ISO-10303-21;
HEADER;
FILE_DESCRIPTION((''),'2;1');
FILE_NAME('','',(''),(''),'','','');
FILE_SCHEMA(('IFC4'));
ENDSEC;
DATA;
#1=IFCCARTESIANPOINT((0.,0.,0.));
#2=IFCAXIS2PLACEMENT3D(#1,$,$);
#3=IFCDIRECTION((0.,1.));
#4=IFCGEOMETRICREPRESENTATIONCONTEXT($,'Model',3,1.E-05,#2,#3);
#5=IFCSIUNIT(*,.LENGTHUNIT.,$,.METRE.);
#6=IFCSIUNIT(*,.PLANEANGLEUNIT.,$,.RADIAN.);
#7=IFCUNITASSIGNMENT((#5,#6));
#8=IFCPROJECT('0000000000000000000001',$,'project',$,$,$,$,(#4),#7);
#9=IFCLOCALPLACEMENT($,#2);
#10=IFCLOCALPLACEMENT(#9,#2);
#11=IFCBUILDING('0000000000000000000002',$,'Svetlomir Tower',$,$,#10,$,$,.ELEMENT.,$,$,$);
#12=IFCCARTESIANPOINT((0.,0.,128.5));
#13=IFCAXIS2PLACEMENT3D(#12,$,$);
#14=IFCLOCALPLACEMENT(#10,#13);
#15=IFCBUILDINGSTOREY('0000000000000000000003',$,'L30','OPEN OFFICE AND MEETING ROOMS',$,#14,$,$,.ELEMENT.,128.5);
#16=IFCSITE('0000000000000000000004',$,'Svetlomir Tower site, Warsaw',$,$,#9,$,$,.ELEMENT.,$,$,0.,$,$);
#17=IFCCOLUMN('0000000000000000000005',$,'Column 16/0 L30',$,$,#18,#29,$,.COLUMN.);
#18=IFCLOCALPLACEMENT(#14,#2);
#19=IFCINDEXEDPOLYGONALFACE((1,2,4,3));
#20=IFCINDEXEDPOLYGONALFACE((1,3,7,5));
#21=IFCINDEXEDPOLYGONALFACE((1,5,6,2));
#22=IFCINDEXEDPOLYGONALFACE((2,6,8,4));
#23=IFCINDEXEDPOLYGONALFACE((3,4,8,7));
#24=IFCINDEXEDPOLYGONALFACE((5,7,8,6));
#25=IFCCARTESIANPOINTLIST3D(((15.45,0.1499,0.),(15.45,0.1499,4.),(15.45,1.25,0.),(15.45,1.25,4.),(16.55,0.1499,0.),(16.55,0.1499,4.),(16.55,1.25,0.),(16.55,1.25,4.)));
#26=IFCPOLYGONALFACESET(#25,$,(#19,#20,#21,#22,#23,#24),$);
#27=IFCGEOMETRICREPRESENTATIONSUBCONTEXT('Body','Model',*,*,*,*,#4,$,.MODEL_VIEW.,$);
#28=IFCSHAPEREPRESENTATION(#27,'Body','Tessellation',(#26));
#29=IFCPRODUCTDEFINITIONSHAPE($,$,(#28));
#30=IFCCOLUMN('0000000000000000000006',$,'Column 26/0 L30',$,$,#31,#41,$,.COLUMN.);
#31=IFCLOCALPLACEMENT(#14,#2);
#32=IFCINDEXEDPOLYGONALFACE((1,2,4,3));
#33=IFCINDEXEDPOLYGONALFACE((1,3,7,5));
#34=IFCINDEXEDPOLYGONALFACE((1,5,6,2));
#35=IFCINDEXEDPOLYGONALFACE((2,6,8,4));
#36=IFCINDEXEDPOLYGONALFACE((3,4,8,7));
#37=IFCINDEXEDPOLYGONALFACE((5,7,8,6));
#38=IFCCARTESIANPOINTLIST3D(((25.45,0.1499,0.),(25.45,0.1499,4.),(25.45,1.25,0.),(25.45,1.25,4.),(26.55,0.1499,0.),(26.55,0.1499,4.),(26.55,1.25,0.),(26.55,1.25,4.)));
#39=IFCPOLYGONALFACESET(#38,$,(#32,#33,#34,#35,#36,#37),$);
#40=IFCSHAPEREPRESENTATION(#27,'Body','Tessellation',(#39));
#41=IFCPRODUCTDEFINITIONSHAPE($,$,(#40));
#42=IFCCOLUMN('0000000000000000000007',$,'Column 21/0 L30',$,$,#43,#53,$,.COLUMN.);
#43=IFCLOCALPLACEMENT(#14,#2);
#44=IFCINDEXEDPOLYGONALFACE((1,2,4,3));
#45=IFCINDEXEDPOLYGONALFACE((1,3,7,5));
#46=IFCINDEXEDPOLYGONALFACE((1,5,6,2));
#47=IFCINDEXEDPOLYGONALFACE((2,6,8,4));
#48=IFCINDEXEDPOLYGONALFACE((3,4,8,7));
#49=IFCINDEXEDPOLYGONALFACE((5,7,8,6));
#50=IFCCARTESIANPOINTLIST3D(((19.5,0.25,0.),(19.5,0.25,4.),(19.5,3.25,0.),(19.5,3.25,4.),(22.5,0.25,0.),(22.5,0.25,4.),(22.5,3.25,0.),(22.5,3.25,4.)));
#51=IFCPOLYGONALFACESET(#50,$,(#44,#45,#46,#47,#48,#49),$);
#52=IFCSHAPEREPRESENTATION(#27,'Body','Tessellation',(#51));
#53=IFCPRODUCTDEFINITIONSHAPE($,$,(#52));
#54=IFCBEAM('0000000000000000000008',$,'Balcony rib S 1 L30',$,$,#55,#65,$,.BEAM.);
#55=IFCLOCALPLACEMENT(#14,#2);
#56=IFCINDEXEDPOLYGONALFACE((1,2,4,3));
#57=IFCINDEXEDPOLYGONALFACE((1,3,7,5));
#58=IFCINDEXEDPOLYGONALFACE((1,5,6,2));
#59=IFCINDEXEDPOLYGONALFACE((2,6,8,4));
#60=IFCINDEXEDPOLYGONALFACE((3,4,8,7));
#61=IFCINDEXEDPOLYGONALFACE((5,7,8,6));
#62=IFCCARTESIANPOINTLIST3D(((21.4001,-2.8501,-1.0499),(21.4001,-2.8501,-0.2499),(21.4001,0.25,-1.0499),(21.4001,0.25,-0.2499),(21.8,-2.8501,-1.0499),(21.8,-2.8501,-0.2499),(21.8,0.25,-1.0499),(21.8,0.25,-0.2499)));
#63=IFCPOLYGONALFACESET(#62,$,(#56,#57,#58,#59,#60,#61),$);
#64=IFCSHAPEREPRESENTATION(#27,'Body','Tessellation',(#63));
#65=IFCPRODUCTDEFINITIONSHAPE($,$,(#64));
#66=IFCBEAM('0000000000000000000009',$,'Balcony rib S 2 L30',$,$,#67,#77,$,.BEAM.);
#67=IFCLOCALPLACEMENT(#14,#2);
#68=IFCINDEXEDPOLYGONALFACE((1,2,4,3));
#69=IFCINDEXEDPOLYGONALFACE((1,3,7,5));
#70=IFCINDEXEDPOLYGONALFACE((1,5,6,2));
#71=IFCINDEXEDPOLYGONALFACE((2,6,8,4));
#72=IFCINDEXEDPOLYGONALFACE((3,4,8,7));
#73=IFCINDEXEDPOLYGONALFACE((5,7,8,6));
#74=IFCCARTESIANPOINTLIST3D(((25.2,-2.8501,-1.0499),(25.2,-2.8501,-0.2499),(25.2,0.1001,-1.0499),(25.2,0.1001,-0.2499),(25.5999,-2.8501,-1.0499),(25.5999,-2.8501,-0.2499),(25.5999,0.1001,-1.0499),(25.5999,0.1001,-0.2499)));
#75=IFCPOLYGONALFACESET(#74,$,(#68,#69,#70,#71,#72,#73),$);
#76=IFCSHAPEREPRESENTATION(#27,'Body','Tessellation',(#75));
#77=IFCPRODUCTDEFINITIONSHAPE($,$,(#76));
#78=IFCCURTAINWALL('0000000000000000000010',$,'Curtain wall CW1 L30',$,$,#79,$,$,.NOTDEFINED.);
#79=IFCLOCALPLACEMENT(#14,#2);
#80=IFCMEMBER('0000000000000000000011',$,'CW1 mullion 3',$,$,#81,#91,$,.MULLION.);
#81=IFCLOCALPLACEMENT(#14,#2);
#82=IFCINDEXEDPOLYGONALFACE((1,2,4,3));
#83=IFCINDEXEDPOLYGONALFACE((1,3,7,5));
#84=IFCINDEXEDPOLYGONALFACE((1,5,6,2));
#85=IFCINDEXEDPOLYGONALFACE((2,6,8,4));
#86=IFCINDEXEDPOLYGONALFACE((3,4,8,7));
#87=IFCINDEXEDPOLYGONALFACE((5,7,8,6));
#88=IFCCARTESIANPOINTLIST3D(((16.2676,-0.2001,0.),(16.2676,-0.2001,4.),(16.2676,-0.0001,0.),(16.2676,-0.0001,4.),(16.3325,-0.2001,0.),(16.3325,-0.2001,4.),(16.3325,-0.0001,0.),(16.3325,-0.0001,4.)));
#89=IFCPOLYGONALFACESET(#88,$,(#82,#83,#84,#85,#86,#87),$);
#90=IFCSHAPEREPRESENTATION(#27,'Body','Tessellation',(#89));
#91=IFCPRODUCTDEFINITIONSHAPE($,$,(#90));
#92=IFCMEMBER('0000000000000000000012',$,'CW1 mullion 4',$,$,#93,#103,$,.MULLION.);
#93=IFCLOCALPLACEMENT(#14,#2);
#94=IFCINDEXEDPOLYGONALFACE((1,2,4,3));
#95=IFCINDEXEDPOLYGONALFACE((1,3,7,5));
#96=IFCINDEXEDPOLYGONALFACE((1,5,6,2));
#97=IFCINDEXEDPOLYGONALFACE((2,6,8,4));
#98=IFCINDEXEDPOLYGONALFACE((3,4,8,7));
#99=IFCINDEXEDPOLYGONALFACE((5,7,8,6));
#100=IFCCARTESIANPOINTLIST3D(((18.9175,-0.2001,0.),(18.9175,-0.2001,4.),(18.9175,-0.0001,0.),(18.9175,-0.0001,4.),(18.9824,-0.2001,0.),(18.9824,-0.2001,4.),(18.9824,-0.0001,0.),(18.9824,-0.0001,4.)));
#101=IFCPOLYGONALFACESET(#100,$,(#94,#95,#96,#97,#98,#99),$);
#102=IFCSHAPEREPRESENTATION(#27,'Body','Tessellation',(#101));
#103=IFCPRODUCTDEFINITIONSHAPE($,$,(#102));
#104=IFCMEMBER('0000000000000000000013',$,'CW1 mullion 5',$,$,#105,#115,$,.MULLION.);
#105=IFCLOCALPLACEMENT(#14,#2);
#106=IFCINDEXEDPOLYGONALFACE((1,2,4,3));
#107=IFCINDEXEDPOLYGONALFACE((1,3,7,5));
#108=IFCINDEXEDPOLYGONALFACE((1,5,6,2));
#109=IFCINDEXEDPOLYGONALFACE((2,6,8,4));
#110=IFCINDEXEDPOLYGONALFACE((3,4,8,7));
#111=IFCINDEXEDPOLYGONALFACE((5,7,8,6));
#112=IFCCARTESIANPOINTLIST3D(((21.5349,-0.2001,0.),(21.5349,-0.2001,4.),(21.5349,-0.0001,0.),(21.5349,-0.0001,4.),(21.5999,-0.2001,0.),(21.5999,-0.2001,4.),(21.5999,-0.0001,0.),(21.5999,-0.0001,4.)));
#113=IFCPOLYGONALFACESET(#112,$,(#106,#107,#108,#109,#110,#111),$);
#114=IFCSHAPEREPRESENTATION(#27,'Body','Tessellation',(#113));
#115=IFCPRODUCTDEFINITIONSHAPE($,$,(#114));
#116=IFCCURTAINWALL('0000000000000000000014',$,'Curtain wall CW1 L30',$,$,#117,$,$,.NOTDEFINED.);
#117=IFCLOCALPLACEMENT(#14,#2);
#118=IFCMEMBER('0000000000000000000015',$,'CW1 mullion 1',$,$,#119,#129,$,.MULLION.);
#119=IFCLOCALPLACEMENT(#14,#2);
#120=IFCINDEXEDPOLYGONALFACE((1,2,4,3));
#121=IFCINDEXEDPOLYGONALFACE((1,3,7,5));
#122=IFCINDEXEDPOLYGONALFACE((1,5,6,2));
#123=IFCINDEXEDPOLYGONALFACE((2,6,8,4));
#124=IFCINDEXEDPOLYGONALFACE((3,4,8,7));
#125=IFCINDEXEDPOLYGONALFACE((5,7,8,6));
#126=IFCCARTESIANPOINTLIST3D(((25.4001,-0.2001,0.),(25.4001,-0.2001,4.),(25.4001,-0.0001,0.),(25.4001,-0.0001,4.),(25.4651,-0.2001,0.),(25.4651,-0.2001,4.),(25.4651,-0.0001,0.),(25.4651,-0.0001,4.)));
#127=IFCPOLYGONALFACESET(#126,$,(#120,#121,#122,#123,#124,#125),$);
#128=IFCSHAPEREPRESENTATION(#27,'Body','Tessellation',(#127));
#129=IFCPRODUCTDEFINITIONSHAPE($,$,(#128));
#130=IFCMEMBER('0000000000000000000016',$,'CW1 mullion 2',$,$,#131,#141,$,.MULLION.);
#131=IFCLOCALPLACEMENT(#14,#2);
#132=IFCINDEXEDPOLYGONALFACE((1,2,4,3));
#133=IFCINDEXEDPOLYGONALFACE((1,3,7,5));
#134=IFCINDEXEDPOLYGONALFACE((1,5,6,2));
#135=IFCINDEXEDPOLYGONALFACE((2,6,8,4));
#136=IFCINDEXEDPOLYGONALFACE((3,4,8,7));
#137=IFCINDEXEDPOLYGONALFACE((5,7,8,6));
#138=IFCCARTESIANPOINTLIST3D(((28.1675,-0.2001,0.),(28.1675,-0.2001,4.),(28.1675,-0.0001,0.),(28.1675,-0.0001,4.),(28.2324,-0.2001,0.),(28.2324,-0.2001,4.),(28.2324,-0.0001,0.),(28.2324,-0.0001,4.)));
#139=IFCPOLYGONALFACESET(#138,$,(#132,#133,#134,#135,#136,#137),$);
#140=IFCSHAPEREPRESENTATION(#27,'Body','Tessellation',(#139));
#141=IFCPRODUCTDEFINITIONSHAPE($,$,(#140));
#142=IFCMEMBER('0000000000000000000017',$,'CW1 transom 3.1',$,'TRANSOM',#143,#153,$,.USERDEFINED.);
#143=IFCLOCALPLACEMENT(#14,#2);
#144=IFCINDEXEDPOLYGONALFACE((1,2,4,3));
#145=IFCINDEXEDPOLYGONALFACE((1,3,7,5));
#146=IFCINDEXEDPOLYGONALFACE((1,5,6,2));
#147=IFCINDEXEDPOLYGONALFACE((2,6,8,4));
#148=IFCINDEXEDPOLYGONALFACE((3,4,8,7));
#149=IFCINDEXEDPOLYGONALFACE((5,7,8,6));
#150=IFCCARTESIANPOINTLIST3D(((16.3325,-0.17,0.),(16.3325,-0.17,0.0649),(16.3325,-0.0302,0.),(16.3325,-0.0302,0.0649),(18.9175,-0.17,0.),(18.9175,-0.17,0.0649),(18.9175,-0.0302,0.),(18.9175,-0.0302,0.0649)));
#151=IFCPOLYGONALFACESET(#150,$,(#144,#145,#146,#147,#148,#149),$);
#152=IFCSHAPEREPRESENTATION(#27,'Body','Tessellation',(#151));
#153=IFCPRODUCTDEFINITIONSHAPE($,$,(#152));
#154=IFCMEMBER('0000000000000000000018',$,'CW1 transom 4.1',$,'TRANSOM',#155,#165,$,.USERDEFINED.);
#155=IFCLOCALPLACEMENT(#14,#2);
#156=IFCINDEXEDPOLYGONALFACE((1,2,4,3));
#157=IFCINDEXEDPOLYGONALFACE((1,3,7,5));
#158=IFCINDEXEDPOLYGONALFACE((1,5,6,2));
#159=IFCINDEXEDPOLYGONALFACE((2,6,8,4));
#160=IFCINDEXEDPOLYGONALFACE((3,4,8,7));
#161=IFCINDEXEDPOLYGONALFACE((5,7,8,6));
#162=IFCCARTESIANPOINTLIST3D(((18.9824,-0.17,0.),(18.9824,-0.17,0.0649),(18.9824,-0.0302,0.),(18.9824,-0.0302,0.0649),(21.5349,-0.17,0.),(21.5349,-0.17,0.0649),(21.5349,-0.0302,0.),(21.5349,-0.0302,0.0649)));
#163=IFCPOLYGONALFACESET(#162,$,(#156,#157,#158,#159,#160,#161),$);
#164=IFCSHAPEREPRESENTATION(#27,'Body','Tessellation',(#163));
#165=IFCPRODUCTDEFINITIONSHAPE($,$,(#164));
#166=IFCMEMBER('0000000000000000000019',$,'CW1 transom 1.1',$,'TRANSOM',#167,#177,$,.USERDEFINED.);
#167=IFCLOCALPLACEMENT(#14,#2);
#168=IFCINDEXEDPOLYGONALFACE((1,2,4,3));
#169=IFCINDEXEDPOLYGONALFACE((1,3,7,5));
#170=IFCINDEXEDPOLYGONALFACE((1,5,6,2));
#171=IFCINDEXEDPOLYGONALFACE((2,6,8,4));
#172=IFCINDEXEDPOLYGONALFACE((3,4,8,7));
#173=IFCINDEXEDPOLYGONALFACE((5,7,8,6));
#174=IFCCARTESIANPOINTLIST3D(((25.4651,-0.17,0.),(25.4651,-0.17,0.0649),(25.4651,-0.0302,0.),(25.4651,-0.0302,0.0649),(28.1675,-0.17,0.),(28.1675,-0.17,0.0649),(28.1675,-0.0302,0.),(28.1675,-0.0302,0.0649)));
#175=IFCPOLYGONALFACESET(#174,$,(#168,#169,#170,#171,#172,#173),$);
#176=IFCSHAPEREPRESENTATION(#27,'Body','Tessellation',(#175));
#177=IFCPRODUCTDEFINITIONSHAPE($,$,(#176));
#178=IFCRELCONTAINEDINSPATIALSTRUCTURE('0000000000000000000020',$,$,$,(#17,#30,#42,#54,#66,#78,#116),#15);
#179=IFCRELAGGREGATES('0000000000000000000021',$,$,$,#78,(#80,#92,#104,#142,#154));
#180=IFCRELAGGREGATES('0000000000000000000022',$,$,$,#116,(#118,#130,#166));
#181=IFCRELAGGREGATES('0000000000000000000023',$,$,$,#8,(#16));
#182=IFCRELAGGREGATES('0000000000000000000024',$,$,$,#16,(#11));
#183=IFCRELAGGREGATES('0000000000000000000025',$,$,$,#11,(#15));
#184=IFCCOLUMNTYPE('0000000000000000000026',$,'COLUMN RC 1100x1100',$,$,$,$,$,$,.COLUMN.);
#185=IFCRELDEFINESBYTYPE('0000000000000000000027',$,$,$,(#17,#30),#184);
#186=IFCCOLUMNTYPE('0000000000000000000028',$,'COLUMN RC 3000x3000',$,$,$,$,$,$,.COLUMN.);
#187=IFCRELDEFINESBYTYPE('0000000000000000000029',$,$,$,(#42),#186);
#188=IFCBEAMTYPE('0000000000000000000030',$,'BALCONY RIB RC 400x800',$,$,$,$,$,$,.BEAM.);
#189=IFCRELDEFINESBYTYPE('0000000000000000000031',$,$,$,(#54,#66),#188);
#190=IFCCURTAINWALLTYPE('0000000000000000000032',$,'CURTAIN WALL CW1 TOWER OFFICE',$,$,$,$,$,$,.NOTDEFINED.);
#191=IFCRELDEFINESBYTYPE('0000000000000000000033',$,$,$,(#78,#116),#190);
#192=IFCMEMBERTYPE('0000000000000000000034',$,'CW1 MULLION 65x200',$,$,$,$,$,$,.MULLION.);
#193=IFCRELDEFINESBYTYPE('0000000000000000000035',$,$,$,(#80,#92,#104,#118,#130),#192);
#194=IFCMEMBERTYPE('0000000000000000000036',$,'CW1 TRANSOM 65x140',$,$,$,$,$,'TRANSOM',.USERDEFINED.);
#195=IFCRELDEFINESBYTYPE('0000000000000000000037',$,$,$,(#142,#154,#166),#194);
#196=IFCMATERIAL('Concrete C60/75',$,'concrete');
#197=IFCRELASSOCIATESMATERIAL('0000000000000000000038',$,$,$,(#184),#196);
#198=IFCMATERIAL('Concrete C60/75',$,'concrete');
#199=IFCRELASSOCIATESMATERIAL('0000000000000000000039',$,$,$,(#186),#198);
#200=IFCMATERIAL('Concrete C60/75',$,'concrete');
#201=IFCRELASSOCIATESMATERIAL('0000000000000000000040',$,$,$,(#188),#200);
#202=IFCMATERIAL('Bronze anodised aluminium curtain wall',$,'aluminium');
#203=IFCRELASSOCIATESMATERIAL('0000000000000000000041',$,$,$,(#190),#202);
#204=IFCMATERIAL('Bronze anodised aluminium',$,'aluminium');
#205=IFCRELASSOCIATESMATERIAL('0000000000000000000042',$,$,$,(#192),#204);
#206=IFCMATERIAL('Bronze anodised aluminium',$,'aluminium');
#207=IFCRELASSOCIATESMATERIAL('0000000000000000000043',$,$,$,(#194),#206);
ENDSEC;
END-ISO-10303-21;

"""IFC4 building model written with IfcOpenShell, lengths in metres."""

from ifc_helpers import new_model, si_unit, direction, frame, origin, origin_2d, place, context, subcontext, project, spatial, rectangle, extrude, material, material_profile, profile_set, type_object, element, aggregate, save


model = new_model("IFC4")

# Units and contexts
model_context = context("Model", 3, precision=1e-05, world=origin(), true_north=direction((0.0, 1.0)))
body_context = subcontext(model_context, "Body", "Model", "MODEL_VIEW")
ifc_project = project(units=[si_unit("LENGTHUNIT", "METRE"), si_unit("PLANEANGLEUNIT", "RADIAN")], contexts=[model_context])

# Site, building, storey
site_placement = place(None, origin())
site = spatial("IfcSite", under=ifc_project, at=site_placement, Name="Svetlomir Tower site, Warsaw", CompositionType="ELEMENT", RefElevation=0.0)
building_placement = place(site_placement, origin())
building = spatial("IfcBuilding", under=site, at=building_placement, Name="Svetlomir Tower", CompositionType="ELEMENT")
storey_placement = place(building_placement, frame((0.0, 0.0, 128.5)))
storey = spatial("IfcBuildingStorey", under=building, at=storey_placement, Name="L30", Description="OPEN OFFICE AND MEETING ROOMS", CompositionType="ELEMENT", Elevation=128.5)

# Columns
ifc_material_1 = material(Name="Concrete C60/75", Category="concrete")
ifc_material_profile_1 = material_profile(ifc_material_1, rectangle(XDim=1.1001, YDim=1.1001, at=origin_2d()), Name="RC 1100x1100")
ifc_profile_set_1 = profile_set([ifc_material_profile_1], Name="Concrete C60/75")
column_type_1 = type_object("IfcColumnType", Name="COLUMN RC 1100x1100", PredefinedType="COLUMN", material=ifc_profile_set_1)
for number, where, z_axis, x_axis, name in (
    (1, (16.0, 0.7, 0.0), (0.0, 0.0, 1.0), (1.0, 0.0, 0.0), "Column 16/0 L30"),
    (2, (26.0, 0.7, 0.0), (0.0, 0.0, 1.0), (1.0, 0.0, 0.0), "Column 26/0 L30"),
):
    element("IfcColumn", number, at=place(storey_placement, frame(where, z_axis=z_axis, x_axis=x_axis)), inside=storey, type_object=column_type_1, Name=name, PredefinedType="COLUMN", context=body_context, shape_type="SweptSolid", body=[
        extrude(rectangle(XDim=1.1001, YDim=1.1001, at=origin_2d()), origin(), (0.0, 0.0, 1.0), 4.0),
    ])
ifc_material_2 = material(Name="Concrete C60/75", Category="concrete")
ifc_material_profile_2 = material_profile(ifc_material_2, rectangle(XDim=3.0, YDim=3.0, at=origin_2d()), Name="RC 3000x3000")
ifc_profile_set_2 = profile_set([ifc_material_profile_2], Name="Concrete C60/75")
column_type_2 = type_object("IfcColumnType", Name="COLUMN RC 3000x3000", PredefinedType="COLUMN", material=ifc_profile_set_2)
column_placement = place(storey_placement, frame((21.0, 1.75, 0.0), z_axis=(0.0, 0.0, 1.0), x_axis=(1.0, 0.0, 0.0)))
element("IfcColumn", 3, at=column_placement, inside=storey, type_object=column_type_2, Name="Column 21/0 L30", PredefinedType="COLUMN", context=body_context, shape_type="SweptSolid", body=[
    extrude(rectangle(XDim=3.0, YDim=3.0, at=origin_2d()), origin(), (0.0, 0.0, 1.0), 4.0),
])

# Beams
ifc_material_3 = material(Name="Concrete C60/75", Category="concrete")
ifc_material_profile_3 = material_profile(ifc_material_3, rectangle(XDim=0.3999, YDim=0.8, at=origin_2d()), Name="RC 400x800")
ifc_profile_set_3 = profile_set([ifc_material_profile_3], Name="Concrete C60/75")
beam_type_1 = type_object("IfcBeamType", Name="BALCONY RIB RC 400x800", PredefinedType="BEAM", material=ifc_profile_set_3)
beam_1_placement = place(storey_placement, frame((21.6001, 0.25, -0.6499), z_axis=(0.0, -1.0, 0.0), x_axis=(1.0, 0.0, 0.0)))
element("IfcBeam", 4, at=beam_1_placement, inside=storey, type_object=beam_type_1, Name="Balcony rib S 1 L30", PredefinedType="BEAM", context=body_context, shape_type="SweptSolid", body=[
    extrude(rectangle(XDim=0.3999, YDim=0.8, at=origin_2d()), origin(), (0.0, 0.0, 1.0), 3.1001),
])
beam_2_placement = place(storey_placement, frame((25.3999, 0.1001, -0.6499), z_axis=(0.0, -1.0, 0.0), x_axis=(1.0, 0.0, 0.0)))
element("IfcBeam", 5, at=beam_2_placement, inside=storey, type_object=beam_type_1, Name="Balcony rib S 2 L30", PredefinedType="BEAM", context=body_context, shape_type="SweptSolid", body=[
    extrude(rectangle(XDim=0.3999, YDim=0.8, at=origin_2d()), origin(), (0.0, 0.0, 1.0), 2.9502),
])

# Curtain walls, members
ifc_material_4 = material(Name="Bronze anodised aluminium curtain wall", Category="aluminium")
curtain_wall_type = type_object("IfcCurtainWallType", Name="CURTAIN WALL CW1 TOWER OFFICE", PredefinedType="NOTDEFINED", material=ifc_material_4)
curtain_wall_1_placement = place(storey_placement, origin())
curtain_wall_1 = element("IfcCurtainWall", 6, at=curtain_wall_1_placement, inside=storey, type_object=curtain_wall_type, Name="Curtain wall CW1 L30", PredefinedType="NOTDEFINED")
ifc_material_5 = material(Name="Bronze anodised aluminium", Category="aluminium")
ifc_material_profile_4 = material_profile(ifc_material_5, rectangle(XDim=0.0649, YDim=0.2, at=origin_2d()), Name="AL 65x200")
ifc_profile_set_4 = profile_set([ifc_material_profile_4], Name="Bronze anodised aluminium 6063-T6")
member_type_1 = type_object("IfcMemberType", Name="CW1 MULLION 65x200", PredefinedType="MULLION", material=ifc_profile_set_4)
member_1_placement = place(storey_placement, frame((16.3, -0.1001, 0.0), z_axis=(0.0, 0.0, 1.0), x_axis=(1.0, 0.0, 0.0)))
member_1 = element("IfcMember", 7, at=member_1_placement, type_object=member_type_1, Name="CW1 mullion 3", PredefinedType="MULLION", context=body_context, shape_type="SweptSolid", body=[
    extrude(rectangle(XDim=0.0649, YDim=0.2, at=origin_2d()), origin(), (0.0, 0.0, 1.0), 4.0),
])
member_2_placement = place(storey_placement, frame((18.95, -0.1001, 0.0), z_axis=(0.0, 0.0, 1.0), x_axis=(1.0, 0.0, 0.0)))
member_2 = element("IfcMember", 8, at=member_2_placement, type_object=member_type_1, Name="CW1 mullion 4", PredefinedType="MULLION", context=body_context, shape_type="SweptSolid", body=[
    extrude(rectangle(XDim=0.0649, YDim=0.2, at=origin_2d()), origin(), (0.0, 0.0, 1.0), 4.0),
])
member_3_placement = place(storey_placement, frame((21.5674, -0.1001, 0.0), z_axis=(0.0, 0.0, 1.0), x_axis=(1.0, 0.0, 0.0)))
member_3 = element("IfcMember", 9, at=member_3_placement, type_object=member_type_1, Name="CW1 mullion 5", PredefinedType="MULLION", context=body_context, shape_type="SweptSolid", body=[
    extrude(rectangle(XDim=0.0649, YDim=0.2, at=origin_2d()), origin(), (0.0, 0.0, 1.0), 4.0),
])
curtain_wall_2_placement = place(storey_placement, origin())
curtain_wall_2 = element("IfcCurtainWall", 10, at=curtain_wall_2_placement, inside=storey, type_object=curtain_wall_type, Name="Curtain wall CW1 L30", PredefinedType="NOTDEFINED")
member_4_placement = place(storey_placement, frame((25.4326, -0.1001, 0.0), z_axis=(0.0, 0.0, 1.0), x_axis=(1.0, 0.0, 0.0)))
member_4 = element("IfcMember", 11, at=member_4_placement, type_object=member_type_1, Name="CW1 mullion 1", PredefinedType="MULLION", context=body_context, shape_type="SweptSolid", body=[
    extrude(rectangle(XDim=0.0649, YDim=0.2, at=origin_2d()), origin(), (0.0, 0.0, 1.0), 4.0),
])
member_5_placement = place(storey_placement, frame((28.2, -0.1001, 0.0), z_axis=(0.0, 0.0, 1.0), x_axis=(1.0, 0.0, 0.0)))
member_5 = element("IfcMember", 12, at=member_5_placement, type_object=member_type_1, Name="CW1 mullion 2", PredefinedType="MULLION", context=body_context, shape_type="SweptSolid", body=[
    extrude(rectangle(XDim=0.0649, YDim=0.2, at=origin_2d()), origin(), (0.0, 0.0, 1.0), 4.0),
])

# Members
ifc_material_6 = material(Name="Bronze anodised aluminium", Category="aluminium")
ifc_material_profile_5 = material_profile(ifc_material_6, rectangle(XDim=0.1399, YDim=0.0649, at=origin_2d()), Name="AL 140x65")
ifc_profile_set_5 = profile_set([ifc_material_profile_5], Name="Bronze anodised aluminium 6063-T6")
member_type_2 = type_object("IfcMemberType", Name="CW1 TRANSOM 65x140", ElementType="TRANSOM", PredefinedType="USERDEFINED", material=ifc_profile_set_5)
member_6_placement = place(storey_placement, frame((16.3325, -0.1001, 0.0325), z_axis=(1.0, 0.0, 0.0), x_axis=(0.0, 1.0, 0.0)))
member_6 = element("IfcMember", 13, at=member_6_placement, type_object=member_type_2, Name="CW1 transom 3.1", ObjectType="TRANSOM", PredefinedType="USERDEFINED", context=body_context, shape_type="SweptSolid", body=[
    extrude(rectangle(XDim=0.1399, YDim=0.0649, at=origin_2d()), origin(), (0.0, 0.0, 1.0), 2.585),
])
member_7_placement = place(storey_placement, frame((18.9824, -0.1001, 0.0325), z_axis=(1.0, 0.0, 0.0), x_axis=(0.0, 1.0, 0.0)))
member_7 = element("IfcMember", 14, at=member_7_placement, type_object=member_type_2, Name="CW1 transom 4.1", ObjectType="TRANSOM", PredefinedType="USERDEFINED", context=body_context, shape_type="SweptSolid", body=[
    extrude(rectangle(XDim=0.1399, YDim=0.0649, at=origin_2d()), origin(), (0.0, 0.0, 1.0), 2.5525),
])
member_8_placement = place(storey_placement, frame((25.4651, -0.1001, 0.0325), z_axis=(1.0, 0.0, 0.0), x_axis=(0.0, 1.0, 0.0)))
member_8 = element("IfcMember", 15, at=member_8_placement, type_object=member_type_2, Name="CW1 transom 1.1", ObjectType="TRANSOM", PredefinedType="USERDEFINED", context=body_context, shape_type="SweptSolid", body=[
    extrude(rectangle(XDim=0.1399, YDim=0.0649, at=origin_2d()), origin(), (0.0, 0.0, 1.0), 2.7024),
])

aggregate(curtain_wall_1, [member_1, member_2, member_3, member_6, member_7])
aggregate(curtain_wall_2, [member_4, member_5, member_8])

save(model, "model.ifc")
